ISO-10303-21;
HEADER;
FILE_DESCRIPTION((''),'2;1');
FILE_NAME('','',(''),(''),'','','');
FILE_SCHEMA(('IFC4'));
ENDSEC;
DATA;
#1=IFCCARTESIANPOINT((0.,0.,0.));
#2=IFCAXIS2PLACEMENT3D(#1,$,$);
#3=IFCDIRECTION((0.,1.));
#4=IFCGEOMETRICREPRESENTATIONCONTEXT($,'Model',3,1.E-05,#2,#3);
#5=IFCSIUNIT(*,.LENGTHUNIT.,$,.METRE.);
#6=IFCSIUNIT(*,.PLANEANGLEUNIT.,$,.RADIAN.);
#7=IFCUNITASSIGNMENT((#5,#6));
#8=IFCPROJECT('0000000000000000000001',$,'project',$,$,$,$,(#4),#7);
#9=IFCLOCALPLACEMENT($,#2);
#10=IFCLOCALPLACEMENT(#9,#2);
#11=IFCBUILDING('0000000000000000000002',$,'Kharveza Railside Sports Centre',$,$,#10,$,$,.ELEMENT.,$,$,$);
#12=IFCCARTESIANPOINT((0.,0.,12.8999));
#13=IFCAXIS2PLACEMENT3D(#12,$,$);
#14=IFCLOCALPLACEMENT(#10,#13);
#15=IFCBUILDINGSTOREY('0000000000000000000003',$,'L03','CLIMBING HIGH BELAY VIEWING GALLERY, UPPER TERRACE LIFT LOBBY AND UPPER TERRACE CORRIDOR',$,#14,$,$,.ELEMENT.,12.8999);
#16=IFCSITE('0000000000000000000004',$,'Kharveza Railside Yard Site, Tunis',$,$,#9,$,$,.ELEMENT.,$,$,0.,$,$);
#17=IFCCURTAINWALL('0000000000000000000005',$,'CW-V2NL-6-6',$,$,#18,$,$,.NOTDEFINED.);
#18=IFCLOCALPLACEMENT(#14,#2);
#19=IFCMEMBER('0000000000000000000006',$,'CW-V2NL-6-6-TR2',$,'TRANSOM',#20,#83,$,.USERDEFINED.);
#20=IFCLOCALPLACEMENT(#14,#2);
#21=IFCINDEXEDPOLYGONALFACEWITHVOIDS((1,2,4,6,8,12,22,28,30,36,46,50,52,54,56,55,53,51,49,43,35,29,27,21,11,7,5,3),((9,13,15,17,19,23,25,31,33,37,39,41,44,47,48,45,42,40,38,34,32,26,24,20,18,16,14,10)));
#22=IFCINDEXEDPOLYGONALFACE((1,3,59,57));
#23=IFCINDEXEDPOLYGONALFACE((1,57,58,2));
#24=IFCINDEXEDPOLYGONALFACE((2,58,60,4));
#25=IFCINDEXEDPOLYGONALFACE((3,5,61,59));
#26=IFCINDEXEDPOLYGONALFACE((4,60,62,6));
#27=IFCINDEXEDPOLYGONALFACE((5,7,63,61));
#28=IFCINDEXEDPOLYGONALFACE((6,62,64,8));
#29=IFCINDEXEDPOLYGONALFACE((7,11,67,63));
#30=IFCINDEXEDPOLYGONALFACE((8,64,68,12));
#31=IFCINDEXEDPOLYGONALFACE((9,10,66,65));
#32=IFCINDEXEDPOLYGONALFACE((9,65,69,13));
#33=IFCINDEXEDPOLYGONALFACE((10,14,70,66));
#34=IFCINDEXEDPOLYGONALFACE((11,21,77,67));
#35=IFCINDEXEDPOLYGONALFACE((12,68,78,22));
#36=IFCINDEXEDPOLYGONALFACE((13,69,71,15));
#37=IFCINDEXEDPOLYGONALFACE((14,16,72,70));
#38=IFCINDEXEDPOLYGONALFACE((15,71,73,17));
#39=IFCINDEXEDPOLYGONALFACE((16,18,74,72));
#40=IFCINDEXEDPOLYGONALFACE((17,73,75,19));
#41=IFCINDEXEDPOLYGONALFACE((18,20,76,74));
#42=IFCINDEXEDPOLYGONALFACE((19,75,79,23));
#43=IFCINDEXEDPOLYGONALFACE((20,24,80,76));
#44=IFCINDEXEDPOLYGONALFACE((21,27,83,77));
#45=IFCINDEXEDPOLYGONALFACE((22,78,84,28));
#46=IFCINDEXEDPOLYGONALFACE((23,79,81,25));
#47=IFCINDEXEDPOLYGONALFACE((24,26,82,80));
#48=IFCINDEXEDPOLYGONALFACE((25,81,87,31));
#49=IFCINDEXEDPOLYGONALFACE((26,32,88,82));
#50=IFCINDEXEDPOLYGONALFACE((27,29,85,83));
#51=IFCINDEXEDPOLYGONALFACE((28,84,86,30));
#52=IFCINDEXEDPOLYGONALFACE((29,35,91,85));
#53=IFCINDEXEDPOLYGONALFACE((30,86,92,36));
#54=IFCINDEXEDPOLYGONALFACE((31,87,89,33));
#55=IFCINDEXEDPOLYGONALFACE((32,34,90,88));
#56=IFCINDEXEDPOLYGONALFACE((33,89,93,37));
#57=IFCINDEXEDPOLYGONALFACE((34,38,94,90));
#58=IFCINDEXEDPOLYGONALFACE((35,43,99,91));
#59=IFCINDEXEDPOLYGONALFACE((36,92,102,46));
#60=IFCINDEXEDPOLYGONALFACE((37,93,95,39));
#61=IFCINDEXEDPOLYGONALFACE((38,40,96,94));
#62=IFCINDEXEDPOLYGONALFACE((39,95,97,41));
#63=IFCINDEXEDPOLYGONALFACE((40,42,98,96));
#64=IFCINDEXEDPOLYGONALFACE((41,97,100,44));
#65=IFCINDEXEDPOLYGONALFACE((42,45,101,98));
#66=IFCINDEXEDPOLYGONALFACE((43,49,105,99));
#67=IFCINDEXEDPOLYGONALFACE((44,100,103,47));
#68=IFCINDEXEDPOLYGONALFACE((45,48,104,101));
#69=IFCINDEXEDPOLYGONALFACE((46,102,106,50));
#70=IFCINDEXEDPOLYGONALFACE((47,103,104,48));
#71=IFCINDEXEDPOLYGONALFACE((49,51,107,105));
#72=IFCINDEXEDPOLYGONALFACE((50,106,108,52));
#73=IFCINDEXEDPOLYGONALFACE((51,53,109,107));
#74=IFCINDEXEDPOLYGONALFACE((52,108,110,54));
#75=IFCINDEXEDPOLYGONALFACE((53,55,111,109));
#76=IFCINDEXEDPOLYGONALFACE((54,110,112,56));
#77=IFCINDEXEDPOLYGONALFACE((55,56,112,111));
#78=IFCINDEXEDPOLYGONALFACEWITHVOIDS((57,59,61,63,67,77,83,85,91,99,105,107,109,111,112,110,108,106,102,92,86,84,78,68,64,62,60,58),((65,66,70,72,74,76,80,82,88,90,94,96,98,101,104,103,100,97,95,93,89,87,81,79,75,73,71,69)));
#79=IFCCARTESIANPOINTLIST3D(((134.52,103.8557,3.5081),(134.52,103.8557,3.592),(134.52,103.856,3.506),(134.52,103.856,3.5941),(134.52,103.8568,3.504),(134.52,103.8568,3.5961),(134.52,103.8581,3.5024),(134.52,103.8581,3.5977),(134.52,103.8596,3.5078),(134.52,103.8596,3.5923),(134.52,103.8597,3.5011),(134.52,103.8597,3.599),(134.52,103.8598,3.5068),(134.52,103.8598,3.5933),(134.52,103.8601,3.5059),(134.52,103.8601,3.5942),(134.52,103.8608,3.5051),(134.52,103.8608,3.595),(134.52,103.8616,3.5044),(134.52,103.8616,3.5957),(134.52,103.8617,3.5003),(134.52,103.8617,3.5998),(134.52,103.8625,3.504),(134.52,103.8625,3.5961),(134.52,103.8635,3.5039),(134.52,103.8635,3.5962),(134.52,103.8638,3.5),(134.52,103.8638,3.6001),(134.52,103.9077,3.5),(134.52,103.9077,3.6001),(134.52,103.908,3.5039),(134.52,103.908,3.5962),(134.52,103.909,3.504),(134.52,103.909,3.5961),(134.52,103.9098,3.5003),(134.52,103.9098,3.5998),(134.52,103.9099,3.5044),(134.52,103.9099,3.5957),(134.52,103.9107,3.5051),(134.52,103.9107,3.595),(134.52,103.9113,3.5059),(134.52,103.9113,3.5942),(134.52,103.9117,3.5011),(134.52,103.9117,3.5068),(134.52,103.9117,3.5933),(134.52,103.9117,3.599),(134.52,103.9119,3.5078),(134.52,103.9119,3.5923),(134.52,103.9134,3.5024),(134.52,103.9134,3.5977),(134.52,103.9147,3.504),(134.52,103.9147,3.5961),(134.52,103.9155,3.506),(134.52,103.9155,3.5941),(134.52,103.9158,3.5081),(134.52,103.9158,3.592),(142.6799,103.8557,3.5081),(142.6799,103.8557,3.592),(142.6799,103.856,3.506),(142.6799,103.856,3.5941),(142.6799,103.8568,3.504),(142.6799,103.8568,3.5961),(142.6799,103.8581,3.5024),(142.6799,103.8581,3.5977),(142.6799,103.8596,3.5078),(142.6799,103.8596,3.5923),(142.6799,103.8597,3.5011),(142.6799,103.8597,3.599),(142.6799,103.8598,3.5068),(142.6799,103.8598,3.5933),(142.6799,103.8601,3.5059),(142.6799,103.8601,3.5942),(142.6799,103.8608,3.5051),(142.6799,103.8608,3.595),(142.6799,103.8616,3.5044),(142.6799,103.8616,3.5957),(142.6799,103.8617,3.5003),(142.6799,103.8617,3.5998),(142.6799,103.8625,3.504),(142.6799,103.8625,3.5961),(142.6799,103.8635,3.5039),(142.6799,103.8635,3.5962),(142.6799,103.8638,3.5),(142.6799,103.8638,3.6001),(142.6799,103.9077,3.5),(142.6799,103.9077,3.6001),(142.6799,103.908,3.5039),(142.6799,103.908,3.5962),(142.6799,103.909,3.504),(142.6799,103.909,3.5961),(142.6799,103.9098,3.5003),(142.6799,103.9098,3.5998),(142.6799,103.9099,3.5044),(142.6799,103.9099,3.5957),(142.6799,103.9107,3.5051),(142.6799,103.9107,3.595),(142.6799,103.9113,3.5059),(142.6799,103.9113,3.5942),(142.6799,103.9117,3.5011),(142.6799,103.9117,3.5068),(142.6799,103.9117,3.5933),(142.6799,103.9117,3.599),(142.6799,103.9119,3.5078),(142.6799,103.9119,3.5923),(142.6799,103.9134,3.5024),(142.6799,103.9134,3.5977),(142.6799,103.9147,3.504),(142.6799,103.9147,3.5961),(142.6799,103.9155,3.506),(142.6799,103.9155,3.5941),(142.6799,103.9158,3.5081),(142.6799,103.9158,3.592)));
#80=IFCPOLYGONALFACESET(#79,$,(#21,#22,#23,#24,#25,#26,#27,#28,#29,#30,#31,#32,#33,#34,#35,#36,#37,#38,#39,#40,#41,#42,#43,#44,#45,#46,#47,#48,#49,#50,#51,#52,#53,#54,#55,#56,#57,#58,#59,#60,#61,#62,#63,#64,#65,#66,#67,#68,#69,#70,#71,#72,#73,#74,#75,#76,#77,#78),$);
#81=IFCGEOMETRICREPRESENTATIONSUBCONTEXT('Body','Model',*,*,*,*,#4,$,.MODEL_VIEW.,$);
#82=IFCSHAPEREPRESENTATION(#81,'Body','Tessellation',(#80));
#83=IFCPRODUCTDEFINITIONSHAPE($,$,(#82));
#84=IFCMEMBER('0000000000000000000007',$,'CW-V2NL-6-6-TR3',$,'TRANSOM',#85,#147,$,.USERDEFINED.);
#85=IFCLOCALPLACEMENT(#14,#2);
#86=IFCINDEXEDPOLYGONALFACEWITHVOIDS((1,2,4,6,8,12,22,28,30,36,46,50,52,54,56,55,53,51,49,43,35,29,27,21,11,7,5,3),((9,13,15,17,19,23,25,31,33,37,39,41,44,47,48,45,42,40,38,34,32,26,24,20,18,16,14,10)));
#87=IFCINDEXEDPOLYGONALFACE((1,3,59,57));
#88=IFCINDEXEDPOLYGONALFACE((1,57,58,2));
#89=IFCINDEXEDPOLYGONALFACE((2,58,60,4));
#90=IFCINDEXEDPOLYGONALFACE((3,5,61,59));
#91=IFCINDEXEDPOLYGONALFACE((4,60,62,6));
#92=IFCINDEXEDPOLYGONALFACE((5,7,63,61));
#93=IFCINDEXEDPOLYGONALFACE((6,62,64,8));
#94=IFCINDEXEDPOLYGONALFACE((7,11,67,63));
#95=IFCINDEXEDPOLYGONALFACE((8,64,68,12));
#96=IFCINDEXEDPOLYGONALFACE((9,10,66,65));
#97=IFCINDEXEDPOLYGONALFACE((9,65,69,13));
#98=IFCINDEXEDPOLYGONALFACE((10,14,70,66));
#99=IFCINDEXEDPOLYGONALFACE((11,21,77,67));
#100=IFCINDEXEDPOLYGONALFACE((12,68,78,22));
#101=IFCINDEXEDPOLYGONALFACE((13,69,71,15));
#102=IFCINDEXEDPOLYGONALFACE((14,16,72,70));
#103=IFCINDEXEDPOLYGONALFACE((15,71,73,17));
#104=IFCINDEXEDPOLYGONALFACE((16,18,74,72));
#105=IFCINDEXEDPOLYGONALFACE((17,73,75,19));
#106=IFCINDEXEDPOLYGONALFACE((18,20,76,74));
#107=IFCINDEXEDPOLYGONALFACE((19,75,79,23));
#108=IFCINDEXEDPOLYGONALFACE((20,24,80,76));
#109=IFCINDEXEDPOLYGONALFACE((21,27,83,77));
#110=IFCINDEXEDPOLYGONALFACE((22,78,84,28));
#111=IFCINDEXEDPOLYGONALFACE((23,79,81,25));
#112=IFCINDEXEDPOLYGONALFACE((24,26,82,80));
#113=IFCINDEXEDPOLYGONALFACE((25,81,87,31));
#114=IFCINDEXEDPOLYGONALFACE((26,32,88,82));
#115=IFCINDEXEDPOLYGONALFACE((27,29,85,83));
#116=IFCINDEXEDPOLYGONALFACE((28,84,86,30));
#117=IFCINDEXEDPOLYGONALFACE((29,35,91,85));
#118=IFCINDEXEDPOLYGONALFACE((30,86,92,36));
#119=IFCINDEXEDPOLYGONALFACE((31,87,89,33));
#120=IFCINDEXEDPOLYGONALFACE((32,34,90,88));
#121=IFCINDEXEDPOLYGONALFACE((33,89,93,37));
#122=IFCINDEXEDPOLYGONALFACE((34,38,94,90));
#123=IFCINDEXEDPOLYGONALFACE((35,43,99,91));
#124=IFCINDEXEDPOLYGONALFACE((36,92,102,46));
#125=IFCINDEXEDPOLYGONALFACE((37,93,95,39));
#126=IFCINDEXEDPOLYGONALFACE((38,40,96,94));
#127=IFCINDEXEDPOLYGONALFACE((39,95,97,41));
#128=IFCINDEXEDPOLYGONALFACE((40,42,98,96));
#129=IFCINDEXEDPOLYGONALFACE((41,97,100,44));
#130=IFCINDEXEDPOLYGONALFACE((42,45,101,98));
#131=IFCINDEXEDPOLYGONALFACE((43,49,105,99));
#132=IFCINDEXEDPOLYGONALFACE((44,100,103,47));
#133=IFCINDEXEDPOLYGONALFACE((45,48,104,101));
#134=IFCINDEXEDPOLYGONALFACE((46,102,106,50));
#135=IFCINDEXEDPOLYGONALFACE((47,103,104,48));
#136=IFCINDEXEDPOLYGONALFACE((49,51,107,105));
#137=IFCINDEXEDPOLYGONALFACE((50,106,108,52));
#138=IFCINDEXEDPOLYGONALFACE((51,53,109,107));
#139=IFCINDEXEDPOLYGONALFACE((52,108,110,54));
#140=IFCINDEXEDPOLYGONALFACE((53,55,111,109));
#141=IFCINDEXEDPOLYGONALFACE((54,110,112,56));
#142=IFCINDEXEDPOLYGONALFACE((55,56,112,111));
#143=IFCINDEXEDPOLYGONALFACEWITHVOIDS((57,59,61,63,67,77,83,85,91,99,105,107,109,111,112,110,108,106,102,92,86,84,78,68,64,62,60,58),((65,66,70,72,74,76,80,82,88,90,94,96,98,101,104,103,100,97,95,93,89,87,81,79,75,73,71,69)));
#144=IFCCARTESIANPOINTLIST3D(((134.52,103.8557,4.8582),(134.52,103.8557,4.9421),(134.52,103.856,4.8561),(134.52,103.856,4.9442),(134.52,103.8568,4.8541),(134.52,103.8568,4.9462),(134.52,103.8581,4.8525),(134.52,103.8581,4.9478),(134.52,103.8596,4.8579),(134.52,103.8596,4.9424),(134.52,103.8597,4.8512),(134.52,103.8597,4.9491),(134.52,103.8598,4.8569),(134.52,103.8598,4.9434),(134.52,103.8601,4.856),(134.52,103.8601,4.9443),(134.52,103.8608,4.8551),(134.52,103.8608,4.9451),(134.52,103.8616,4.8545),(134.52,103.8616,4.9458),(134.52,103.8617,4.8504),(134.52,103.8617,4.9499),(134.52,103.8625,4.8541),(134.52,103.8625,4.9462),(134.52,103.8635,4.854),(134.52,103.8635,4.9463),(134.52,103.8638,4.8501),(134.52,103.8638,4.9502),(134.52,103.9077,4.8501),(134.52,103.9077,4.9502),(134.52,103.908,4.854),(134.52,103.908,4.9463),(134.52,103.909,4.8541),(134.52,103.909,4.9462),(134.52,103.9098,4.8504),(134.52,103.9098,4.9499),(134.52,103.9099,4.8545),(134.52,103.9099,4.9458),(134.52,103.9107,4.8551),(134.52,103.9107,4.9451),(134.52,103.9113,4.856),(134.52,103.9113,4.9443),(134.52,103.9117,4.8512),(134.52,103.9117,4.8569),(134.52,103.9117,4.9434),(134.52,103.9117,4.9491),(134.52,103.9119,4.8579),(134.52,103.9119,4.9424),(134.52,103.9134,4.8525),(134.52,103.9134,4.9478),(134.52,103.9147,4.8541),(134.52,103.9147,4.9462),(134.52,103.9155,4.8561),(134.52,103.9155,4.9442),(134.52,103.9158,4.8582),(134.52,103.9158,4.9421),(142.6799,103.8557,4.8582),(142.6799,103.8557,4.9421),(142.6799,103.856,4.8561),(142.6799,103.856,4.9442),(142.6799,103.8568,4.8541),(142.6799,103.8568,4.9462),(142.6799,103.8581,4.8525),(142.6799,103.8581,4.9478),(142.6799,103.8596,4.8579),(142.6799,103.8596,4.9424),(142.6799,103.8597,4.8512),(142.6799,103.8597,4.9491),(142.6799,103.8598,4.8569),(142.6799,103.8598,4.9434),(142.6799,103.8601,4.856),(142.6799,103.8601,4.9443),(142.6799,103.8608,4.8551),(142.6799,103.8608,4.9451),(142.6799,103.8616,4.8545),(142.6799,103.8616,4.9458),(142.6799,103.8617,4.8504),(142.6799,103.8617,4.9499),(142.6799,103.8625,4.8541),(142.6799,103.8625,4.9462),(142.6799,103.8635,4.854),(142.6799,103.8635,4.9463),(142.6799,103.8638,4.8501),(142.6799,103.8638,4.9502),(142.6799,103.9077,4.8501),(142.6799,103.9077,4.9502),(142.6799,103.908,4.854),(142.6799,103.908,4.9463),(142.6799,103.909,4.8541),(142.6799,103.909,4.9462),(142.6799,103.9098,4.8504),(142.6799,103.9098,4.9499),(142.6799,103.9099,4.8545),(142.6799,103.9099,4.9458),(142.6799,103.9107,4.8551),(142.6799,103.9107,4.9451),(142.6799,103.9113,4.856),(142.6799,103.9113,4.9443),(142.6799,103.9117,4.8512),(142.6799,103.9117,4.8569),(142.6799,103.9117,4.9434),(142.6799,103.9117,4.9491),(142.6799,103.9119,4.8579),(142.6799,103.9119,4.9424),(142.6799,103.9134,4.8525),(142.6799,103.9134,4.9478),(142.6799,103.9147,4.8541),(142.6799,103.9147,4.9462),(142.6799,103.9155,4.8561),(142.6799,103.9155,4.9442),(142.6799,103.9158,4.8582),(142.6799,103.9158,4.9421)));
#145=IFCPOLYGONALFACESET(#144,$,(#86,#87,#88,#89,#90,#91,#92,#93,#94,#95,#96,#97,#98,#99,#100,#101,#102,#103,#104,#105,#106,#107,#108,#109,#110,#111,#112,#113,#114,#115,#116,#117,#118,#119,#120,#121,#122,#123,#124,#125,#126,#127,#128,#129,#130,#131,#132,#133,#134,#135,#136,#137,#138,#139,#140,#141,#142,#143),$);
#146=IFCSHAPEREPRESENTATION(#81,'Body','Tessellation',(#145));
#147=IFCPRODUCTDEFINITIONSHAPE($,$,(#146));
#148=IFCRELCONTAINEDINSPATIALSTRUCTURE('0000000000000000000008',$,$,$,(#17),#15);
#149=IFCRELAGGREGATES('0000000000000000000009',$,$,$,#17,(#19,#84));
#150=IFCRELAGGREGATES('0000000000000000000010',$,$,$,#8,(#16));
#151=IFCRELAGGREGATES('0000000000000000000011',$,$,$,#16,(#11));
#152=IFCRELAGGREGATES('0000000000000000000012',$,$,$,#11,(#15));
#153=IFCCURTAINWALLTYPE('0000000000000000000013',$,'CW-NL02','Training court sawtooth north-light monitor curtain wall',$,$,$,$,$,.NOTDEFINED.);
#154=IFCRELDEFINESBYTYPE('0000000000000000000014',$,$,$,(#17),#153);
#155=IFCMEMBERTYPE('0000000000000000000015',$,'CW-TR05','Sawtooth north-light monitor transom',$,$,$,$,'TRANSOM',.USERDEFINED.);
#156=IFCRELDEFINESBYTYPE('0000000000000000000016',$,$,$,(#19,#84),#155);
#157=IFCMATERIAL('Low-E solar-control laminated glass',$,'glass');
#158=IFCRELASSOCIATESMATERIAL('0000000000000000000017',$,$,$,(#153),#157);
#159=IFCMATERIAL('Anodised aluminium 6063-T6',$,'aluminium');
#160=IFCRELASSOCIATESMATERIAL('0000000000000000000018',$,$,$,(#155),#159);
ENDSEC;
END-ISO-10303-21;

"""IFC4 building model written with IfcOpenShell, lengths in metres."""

from ifc_helpers import new_model, si_unit, direction, frame, origin, origin_2d, place, context, subcontext, project, spatial, hollow_rectangle, extrude, material, material_profile, profile_set, type_object, element, aggregate, save


model = new_model("IFC4")

# Units and contexts
model_context = context("Model", 3, precision=1e-05, world=origin(), true_north=direction((0.0, 1.0)))
body_context = subcontext(model_context, "Body", "Model", "MODEL_VIEW")
ifc_project = project(units=[si_unit("LENGTHUNIT", "METRE"), si_unit("PLANEANGLEUNIT", "RADIAN")], contexts=[model_context])

# Site, building, storey
site_placement = place(None, origin())
site = spatial("IfcSite", under=ifc_project, at=site_placement, Name="Kharveza Railside Yard Site, Tunis", CompositionType="ELEMENT", RefElevation=0.0)
building_placement = place(site_placement, origin())
building = spatial("IfcBuilding", under=site, at=building_placement, Name="Kharveza Railside Sports Centre", CompositionType="ELEMENT")
storey_placement = place(building_placement, frame((0.0, 0.0, 12.8999)))
storey = spatial("IfcBuildingStorey", under=building, at=storey_placement, Name="L03", Description="CLIMBING HIGH BELAY VIEWING GALLERY, UPPER TERRACE LIFT LOBBY AND UPPER TERRACE CORRIDOR", CompositionType="ELEMENT", Elevation=12.8999)

# Curtain wall
ifc_material_1 = material(Name="Low-E solar-control laminated glass", Category="glass")
curtain_wall_type = type_object("IfcCurtainWallType", Name="CW-NL02", Description="Training court sawtooth north-light monitor curtain wall", PredefinedType="NOTDEFINED", material=ifc_material_1)
ifc_material_2 = material(Name="Anodised aluminium 6063-T6", Category="aluminium")
curtain_wall_1_placement = place(storey_placement, origin())
curtain_wall_1 = element("IfcCurtainWall", 1, at=curtain_wall_1_placement, inside=storey, type_object=curtain_wall_type, Name="CW-V2NL-6-6", PredefinedType="NOTDEFINED")

# Members
ifc_material_profile_1 = material_profile(ifc_material_2, hollow_rectangle(XDim=0.0601, YDim=0.1001, WallThickness=0.0039, InnerFilletRadius=0.0039, OuterFilletRadius=0.0081, at=origin_2d()), Name="RHS 60x100x4.0")
ifc_profile_set_1 = profile_set([ifc_material_profile_1], Name="Anodised aluminium 6063-T6")
member_type_1 = type_object("IfcMemberType", Name="CW-TR05", Description="Sawtooth north-light monitor transom", ElementType="TRANSOM", PredefinedType="USERDEFINED", material=ifc_profile_set_1)
member_1_placement = place(storey_placement, frame((134.52, 103.8857, 3.55), z_axis=(1.0, 0.0, 0.0), x_axis=(0.0, 1.0, 0.0)))
member_1 = element("IfcMember", 2, at=member_1_placement, type_object=member_type_1, Name="CW-V2NL-6-6-TR2", ObjectType="TRANSOM", PredefinedType="USERDEFINED", context=body_context, shape_type="SweptSolid", body=[
    extrude(hollow_rectangle(XDim=0.0601, YDim=0.1001, WallThickness=0.0039, InnerFilletRadius=0.0039, OuterFilletRadius=0.0081, at=origin_2d()), origin(), (0.0, 0.0, 1.0), 8.1599),
])
member_2_placement = place(storey_placement, frame((134.52, 103.8857, 4.9001), z_axis=(1.0, 0.0, 0.0), x_axis=(0.0, 1.0, 0.0)))
member_2 = element("IfcMember", 3, at=member_2_placement, type_object=member_type_1, Name="CW-V2NL-6-6-TR3", ObjectType="TRANSOM", PredefinedType="USERDEFINED", context=body_context, shape_type="SweptSolid", body=[
    extrude(hollow_rectangle(XDim=0.0601, YDim=0.1001, WallThickness=0.0039, InnerFilletRadius=0.0039, OuterFilletRadius=0.0081, at=origin_2d()), origin(), (0.0, 0.0, 1.0), 8.1599),
])

aggregate(curtain_wall_1, [member_1, member_2])

save(model, "model.ifc")
